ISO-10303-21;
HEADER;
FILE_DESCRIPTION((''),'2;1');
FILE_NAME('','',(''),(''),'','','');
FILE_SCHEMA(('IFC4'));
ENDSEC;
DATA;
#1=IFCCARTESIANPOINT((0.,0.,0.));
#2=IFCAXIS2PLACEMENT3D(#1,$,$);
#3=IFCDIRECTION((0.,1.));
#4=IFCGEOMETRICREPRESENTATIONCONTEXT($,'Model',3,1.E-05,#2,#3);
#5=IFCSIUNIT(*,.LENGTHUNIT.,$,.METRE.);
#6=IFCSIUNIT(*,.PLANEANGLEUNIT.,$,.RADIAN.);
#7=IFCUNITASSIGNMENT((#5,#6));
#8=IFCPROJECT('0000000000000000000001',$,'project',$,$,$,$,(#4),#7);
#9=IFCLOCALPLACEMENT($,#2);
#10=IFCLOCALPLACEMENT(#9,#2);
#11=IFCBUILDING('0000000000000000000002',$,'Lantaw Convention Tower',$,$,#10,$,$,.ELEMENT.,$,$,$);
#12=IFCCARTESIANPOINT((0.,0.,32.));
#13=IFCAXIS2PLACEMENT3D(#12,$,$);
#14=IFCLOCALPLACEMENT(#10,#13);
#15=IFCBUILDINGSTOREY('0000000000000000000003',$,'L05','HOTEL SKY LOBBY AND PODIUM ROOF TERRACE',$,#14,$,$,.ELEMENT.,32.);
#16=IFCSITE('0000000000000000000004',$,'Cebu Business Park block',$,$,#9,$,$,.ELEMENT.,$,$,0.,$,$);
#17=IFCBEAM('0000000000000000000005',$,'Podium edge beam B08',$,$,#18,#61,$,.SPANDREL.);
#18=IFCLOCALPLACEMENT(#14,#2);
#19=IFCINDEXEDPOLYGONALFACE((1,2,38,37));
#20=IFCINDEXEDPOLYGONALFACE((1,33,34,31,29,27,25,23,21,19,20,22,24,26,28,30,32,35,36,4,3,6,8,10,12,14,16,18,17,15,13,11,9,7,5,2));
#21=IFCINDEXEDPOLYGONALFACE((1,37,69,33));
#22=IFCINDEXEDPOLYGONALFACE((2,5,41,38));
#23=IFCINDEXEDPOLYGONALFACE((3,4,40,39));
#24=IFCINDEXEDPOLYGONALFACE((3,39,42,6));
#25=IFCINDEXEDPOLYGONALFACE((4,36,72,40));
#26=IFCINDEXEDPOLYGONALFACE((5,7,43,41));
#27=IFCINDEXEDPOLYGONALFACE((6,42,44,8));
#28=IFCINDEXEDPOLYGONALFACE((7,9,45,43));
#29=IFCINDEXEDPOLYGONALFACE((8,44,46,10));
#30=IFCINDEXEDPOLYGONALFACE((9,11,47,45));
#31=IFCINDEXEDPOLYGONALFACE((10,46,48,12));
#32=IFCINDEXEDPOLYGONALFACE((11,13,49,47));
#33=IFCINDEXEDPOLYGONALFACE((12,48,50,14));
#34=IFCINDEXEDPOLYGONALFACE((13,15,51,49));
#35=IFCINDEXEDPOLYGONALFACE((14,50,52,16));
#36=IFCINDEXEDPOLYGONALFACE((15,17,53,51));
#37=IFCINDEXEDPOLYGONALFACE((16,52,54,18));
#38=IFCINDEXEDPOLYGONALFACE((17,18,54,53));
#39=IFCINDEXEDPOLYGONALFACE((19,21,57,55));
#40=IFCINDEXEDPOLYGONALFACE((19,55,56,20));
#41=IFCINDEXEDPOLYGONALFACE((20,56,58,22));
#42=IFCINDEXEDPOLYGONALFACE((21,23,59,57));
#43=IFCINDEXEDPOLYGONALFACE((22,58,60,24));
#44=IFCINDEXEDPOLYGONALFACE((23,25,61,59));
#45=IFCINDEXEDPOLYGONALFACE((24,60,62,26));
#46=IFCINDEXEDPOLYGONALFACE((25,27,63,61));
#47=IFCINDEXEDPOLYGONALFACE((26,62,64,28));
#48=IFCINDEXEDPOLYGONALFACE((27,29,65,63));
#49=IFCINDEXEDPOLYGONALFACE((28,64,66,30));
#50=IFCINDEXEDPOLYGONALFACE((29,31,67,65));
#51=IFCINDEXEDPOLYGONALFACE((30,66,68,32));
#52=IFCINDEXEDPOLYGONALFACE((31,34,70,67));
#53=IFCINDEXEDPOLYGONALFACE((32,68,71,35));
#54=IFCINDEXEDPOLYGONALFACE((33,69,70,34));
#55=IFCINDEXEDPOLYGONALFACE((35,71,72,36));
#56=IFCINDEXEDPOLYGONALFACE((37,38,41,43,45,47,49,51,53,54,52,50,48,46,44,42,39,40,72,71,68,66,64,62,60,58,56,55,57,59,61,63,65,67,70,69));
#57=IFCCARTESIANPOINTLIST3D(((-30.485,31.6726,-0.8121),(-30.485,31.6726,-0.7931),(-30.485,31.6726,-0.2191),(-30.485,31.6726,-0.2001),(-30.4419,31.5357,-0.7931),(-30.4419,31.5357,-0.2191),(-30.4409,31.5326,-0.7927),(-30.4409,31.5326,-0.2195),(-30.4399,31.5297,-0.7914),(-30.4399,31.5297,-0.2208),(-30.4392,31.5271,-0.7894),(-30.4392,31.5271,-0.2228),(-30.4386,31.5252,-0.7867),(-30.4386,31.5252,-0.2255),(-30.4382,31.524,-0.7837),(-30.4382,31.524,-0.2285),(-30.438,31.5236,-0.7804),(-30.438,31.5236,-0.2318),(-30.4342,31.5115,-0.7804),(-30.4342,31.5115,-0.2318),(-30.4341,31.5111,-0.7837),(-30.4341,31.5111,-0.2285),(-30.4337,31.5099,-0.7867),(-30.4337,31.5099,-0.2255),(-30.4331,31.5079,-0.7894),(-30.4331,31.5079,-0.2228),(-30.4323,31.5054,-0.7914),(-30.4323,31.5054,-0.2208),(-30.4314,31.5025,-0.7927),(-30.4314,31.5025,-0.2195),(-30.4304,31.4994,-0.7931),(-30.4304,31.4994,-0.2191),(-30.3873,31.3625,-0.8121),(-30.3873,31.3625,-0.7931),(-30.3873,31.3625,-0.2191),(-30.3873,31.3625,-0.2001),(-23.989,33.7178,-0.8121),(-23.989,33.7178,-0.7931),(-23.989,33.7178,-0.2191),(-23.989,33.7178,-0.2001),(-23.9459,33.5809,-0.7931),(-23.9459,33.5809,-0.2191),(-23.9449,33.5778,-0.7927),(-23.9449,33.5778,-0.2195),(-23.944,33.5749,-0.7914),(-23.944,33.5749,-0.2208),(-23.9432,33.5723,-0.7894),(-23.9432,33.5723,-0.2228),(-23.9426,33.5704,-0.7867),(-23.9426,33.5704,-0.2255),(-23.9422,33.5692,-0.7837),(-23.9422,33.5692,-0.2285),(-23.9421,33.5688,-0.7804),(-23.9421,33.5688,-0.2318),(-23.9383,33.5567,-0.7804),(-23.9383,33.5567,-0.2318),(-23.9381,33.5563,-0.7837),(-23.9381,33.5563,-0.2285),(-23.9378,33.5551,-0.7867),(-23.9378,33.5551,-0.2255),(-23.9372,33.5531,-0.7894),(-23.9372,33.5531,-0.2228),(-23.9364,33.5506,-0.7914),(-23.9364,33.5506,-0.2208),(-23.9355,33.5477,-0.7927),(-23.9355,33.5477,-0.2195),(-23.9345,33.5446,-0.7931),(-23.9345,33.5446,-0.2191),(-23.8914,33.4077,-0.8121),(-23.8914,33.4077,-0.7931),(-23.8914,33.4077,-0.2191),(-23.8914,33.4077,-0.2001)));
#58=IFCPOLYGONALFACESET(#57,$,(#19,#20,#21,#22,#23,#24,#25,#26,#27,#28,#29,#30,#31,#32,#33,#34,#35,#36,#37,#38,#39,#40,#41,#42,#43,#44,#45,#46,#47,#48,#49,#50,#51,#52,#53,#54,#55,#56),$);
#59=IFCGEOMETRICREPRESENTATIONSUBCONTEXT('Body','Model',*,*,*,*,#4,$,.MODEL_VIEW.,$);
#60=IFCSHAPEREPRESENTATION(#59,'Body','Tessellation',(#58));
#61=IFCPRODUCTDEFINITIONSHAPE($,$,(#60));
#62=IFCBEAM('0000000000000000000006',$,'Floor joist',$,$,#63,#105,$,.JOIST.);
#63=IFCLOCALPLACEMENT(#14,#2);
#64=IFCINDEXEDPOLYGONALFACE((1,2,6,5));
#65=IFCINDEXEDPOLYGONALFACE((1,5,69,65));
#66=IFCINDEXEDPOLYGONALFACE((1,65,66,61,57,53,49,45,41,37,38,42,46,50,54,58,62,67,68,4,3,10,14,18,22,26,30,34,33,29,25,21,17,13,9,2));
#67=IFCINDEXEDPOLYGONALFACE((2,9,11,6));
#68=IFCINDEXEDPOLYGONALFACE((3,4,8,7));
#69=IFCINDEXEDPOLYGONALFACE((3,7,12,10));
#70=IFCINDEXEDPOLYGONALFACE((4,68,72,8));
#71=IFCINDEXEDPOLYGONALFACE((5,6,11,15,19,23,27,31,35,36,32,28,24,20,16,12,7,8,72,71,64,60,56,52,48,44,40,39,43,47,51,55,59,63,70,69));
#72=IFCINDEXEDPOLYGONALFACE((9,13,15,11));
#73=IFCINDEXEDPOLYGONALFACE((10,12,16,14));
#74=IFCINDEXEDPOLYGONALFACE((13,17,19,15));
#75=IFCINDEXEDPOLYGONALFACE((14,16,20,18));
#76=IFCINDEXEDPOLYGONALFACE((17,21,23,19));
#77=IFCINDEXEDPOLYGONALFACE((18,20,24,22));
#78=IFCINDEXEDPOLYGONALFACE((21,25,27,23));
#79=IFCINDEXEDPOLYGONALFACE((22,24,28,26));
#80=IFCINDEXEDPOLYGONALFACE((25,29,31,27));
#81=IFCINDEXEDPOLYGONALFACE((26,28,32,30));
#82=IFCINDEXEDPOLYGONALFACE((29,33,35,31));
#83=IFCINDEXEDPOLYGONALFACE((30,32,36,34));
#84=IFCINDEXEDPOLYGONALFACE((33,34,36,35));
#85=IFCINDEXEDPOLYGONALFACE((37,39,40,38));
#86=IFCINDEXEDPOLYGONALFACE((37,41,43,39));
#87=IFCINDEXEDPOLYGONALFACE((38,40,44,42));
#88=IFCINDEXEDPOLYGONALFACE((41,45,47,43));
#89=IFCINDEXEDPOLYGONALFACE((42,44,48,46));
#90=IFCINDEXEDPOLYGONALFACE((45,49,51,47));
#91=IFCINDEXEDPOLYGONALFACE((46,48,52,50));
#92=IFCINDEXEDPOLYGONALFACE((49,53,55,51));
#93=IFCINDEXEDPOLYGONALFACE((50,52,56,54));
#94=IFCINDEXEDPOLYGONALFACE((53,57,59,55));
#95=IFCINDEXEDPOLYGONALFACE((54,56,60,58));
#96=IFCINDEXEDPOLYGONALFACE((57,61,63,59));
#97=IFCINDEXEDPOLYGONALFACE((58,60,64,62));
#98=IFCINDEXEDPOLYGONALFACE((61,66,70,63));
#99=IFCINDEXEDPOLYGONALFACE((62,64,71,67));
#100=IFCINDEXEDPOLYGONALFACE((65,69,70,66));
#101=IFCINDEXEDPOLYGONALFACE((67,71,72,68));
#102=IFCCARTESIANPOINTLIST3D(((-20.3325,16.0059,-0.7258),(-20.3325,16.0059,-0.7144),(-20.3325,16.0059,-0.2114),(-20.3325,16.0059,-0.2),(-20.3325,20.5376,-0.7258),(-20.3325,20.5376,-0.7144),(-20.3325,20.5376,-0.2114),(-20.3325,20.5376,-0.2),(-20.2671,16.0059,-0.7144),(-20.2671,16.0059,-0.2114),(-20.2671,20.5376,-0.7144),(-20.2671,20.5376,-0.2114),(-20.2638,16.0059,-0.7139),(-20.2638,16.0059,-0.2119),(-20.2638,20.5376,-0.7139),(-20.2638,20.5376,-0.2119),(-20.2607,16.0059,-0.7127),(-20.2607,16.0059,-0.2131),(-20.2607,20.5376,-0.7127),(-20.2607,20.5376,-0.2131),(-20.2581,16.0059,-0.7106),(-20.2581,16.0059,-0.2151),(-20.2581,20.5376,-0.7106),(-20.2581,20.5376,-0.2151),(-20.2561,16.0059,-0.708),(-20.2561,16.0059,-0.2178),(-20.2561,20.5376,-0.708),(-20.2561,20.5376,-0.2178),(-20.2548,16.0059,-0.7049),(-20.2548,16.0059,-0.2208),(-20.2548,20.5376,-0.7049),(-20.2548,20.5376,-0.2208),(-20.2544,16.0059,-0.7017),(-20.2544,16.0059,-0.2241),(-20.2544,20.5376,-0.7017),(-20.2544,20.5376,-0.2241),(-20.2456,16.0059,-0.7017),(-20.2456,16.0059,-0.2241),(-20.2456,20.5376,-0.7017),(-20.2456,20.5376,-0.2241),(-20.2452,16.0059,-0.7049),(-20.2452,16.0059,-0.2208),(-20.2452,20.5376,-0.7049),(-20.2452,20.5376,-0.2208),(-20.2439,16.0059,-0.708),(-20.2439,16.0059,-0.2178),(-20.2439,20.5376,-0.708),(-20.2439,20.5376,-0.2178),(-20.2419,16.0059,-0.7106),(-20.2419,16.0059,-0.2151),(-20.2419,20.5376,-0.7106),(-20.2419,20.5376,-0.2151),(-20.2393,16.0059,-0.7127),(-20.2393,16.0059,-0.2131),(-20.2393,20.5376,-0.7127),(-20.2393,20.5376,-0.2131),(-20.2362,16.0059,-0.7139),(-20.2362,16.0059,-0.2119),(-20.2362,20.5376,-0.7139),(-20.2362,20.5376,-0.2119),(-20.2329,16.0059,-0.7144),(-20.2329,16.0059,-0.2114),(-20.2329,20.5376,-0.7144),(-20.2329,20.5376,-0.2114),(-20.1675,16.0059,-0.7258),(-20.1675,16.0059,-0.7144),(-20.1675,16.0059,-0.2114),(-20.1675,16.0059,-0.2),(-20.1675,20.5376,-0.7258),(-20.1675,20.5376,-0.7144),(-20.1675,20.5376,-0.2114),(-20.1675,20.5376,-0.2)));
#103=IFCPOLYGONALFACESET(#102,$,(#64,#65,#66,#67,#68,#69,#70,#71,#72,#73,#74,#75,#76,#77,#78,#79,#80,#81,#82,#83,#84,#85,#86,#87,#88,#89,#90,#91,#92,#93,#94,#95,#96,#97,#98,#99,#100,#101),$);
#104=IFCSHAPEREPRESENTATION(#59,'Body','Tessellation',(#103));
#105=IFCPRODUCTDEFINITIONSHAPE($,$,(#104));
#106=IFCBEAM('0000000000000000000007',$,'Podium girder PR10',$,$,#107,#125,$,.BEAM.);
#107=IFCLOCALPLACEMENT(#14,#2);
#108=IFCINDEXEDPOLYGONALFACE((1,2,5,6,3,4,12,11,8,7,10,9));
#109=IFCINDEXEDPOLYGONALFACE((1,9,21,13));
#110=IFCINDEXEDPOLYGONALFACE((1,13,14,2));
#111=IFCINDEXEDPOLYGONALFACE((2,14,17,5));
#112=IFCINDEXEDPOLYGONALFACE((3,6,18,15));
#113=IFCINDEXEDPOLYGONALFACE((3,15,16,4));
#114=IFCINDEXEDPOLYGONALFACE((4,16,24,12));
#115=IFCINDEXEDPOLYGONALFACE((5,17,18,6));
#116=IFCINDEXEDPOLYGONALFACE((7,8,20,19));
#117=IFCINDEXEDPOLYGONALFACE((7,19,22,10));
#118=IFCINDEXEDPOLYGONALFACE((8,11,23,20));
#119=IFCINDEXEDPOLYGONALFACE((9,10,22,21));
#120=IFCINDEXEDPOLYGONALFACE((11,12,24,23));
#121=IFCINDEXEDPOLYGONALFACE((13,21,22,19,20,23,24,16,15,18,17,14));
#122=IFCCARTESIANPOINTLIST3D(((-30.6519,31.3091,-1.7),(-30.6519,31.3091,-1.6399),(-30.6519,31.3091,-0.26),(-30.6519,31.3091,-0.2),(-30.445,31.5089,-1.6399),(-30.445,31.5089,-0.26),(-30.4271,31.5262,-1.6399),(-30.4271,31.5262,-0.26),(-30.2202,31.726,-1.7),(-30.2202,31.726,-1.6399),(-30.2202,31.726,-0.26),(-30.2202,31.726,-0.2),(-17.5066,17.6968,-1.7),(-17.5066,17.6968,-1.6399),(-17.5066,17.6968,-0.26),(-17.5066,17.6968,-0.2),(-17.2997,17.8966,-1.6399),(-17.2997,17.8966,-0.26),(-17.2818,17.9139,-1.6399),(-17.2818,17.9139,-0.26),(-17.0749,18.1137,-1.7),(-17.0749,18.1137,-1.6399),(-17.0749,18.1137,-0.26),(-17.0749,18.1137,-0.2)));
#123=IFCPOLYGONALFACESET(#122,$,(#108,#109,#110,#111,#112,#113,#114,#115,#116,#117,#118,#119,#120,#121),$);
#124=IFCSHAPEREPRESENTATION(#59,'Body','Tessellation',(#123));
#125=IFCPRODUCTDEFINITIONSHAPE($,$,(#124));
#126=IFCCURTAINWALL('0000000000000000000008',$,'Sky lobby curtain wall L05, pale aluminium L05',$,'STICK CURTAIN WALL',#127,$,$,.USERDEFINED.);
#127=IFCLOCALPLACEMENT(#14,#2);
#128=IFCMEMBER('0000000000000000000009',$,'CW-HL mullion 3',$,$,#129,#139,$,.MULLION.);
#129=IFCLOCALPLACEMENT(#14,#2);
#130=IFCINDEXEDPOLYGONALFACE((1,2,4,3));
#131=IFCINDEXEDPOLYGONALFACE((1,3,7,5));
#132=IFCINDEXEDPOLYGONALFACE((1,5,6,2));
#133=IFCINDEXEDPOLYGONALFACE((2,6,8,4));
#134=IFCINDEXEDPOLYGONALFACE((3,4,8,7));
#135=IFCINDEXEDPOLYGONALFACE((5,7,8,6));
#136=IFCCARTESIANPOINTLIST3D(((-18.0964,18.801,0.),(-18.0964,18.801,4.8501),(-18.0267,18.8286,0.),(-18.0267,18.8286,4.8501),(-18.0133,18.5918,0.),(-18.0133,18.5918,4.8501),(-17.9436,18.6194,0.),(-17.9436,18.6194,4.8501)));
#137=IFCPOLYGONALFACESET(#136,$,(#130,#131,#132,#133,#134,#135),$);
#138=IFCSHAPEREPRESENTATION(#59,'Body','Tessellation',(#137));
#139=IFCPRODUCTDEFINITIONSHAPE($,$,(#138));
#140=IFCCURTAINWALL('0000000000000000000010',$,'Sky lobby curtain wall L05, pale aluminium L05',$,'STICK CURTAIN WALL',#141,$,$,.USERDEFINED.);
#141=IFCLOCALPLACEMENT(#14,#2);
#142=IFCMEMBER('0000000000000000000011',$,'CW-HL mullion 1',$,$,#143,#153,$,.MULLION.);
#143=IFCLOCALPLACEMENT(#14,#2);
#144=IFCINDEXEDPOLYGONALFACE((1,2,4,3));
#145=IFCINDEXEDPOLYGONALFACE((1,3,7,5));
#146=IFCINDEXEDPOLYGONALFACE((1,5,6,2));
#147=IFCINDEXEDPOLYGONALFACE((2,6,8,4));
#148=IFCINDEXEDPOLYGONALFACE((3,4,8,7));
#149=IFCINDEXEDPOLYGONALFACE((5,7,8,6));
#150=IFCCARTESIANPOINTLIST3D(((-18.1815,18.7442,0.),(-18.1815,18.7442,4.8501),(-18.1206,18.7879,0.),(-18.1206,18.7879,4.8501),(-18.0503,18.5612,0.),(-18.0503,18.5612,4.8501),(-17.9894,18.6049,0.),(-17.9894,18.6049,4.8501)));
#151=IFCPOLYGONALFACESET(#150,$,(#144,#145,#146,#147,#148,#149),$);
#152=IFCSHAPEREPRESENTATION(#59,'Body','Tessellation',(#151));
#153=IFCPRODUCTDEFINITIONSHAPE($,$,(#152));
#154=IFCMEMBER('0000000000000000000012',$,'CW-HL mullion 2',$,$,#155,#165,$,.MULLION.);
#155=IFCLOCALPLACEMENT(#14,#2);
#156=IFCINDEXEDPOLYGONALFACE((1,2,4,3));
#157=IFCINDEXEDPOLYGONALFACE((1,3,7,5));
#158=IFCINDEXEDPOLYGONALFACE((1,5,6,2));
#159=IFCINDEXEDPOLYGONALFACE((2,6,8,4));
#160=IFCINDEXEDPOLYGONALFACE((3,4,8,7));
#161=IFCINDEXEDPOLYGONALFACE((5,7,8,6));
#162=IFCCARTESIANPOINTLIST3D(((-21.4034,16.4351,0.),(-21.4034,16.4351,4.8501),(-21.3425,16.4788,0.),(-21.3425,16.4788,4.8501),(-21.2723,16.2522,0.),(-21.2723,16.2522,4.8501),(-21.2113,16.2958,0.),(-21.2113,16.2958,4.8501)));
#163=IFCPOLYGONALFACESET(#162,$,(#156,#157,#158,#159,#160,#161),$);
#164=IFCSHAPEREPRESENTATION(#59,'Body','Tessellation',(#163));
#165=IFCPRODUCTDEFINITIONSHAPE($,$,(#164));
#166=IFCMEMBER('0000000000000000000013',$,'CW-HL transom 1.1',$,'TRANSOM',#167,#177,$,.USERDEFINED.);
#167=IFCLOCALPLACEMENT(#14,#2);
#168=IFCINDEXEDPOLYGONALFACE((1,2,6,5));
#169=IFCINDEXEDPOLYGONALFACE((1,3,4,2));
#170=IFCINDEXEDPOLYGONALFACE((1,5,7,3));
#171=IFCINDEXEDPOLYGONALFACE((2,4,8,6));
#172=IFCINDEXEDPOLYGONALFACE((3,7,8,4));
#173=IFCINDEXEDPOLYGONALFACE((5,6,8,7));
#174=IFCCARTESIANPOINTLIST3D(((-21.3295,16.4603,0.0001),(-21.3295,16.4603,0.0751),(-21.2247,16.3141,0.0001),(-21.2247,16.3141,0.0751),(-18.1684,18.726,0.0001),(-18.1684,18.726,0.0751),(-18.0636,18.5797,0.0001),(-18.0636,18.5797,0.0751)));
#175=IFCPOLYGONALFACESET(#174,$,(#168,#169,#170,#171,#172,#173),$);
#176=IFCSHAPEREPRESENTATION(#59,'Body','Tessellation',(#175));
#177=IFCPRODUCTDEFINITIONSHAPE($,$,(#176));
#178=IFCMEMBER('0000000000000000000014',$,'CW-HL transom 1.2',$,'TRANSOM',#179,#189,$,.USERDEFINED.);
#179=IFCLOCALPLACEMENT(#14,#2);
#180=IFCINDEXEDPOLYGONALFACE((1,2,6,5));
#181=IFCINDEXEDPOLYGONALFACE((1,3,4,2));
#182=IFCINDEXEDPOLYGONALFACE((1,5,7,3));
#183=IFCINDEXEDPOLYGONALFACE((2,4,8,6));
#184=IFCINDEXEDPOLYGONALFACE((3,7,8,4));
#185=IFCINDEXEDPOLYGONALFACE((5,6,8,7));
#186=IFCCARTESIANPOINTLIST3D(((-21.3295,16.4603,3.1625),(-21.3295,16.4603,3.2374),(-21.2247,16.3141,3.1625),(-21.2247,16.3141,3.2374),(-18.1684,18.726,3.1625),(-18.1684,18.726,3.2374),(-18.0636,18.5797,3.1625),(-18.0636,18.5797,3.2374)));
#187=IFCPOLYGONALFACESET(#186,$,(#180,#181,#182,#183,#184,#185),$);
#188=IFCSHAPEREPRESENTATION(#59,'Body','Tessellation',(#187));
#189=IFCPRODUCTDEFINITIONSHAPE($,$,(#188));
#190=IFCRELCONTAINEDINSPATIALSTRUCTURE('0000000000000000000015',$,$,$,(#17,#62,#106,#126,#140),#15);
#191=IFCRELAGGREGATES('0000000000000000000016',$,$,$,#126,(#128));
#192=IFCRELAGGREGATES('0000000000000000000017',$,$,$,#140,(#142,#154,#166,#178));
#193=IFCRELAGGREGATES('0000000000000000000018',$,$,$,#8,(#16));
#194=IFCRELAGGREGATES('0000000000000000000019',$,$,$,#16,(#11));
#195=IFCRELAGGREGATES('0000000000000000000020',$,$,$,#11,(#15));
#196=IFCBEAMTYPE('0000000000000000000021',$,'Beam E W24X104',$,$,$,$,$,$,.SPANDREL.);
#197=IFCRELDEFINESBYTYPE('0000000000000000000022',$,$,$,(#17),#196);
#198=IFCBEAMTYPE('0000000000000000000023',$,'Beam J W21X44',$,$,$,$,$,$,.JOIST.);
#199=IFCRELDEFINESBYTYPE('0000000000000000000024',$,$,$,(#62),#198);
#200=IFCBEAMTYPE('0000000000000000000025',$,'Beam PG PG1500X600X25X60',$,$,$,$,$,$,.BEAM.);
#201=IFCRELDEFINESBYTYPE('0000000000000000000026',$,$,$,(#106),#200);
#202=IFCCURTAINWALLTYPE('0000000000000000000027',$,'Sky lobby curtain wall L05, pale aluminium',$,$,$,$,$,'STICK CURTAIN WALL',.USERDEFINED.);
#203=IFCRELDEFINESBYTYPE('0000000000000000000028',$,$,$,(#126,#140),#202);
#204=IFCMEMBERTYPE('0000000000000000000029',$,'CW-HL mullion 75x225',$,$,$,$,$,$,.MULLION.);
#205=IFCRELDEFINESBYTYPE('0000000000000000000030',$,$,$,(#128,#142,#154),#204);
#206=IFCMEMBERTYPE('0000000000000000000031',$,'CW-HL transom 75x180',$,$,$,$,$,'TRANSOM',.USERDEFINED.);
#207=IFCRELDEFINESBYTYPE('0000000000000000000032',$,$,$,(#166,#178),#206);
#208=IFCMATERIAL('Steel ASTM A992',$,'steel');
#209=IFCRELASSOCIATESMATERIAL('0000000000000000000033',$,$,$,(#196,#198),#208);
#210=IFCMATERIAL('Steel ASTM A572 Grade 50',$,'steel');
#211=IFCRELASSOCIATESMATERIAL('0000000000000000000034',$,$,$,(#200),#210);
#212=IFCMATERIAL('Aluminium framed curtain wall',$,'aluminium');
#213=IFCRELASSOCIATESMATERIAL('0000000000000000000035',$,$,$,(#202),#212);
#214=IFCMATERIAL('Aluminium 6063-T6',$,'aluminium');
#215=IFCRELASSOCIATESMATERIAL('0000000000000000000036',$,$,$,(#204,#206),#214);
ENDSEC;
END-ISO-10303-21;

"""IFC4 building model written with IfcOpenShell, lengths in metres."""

from ifc_helpers import new_model, si_unit, direction, frame, origin, origin_2d, place, context, subcontext, project, spatial, rectangle, i_section, extrude, material, material_profile, profile_set, type_object, element, aggregate, save


model = new_model("IFC4")

# Units and contexts
model_context = context("Model", 3, precision=1e-05, world=origin(), true_north=direction((0.0, 1.0)))
body_context = subcontext(model_context, "Body", "Model", "MODEL_VIEW")
ifc_project = project(units=[si_unit("LENGTHUNIT", "METRE"), si_unit("PLANEANGLEUNIT", "RADIAN")], contexts=[model_context])

# Site, building, storey
site_placement = place(None, origin())
site = spatial("IfcSite", under=ifc_project, at=site_placement, Name="Cebu Business Park block", CompositionType="ELEMENT", RefElevation=0.0)
building_placement = place(site_placement, origin())
building = spatial("IfcBuilding", under=site, at=building_placement, Name="Lantaw Convention Tower", CompositionType="ELEMENT")
storey_placement = place(building_placement, frame((0.0, 0.0, 32.0)))
storey = spatial("IfcBuildingStorey", under=building, at=storey_placement, Name="L05", Description="HOTEL SKY LOBBY AND PODIUM ROOF TERRACE", CompositionType="ELEMENT", Elevation=32.0)

# Beams
ifc_material_1 = material(Name="Steel ASTM A572 Grade 50", Category="steel")
ifc_material_2 = material(Name="Steel ASTM A992", Category="steel")
ifc_material_profile_1 = material_profile(ifc_material_2, i_section(OverallWidth=0.3252, OverallDepth=0.6121, WebThickness=0.0127, FlangeThickness=0.019, FilletRadius=0.0127, at=origin_2d()), Name="W24X104")
ifc_profile_set_1 = profile_set([ifc_material_profile_1], Name="Steel ASTM A992")
beam_type_1 = type_object("IfcBeamType", Name="Beam E W24X104", PredefinedType="SPANDREL", material=ifc_profile_set_1)
beam_1_placement = place(storey_placement, frame((-23.9402, 33.5627, -0.5061), z_axis=(-0.953842, -0.300309, 0.0), x_axis=(0.300309, -0.953842, 0.0)))
element("IfcBeam", 1, at=beam_1_placement, inside=storey, type_object=beam_type_1, Name="Podium edge beam B08", PredefinedType="SPANDREL", context=body_context, shape_type="SweptSolid", body=[
    extrude(i_section(OverallWidth=0.3252, OverallDepth=0.6121, WebThickness=0.0127, FlangeThickness=0.019, FilletRadius=0.0127, at=origin_2d()), origin(), (0.0, 0.0, 1.0), 6.8103),
])
ifc_material_profile_2 = material_profile(ifc_material_2, i_section(OverallWidth=0.165, OverallDepth=0.5259, WebThickness=0.0088, FlangeThickness=0.0115, FilletRadius=0.0127, at=origin_2d()), Name="W21X44")
ifc_profile_set_2 = profile_set([ifc_material_profile_2], Name="Steel ASTM A992")
beam_type_2 = type_object("IfcBeamType", Name="Beam J W21X44", PredefinedType="JOIST", material=ifc_profile_set_2)
beam_2_placement = place(storey_placement, frame((-20.25, 16.0059, -0.4629), z_axis=(0.0, 1.0, 0.0), x_axis=(-1.0, 0.0, 0.0)))
element("IfcBeam", 2, at=beam_2_placement, inside=storey, type_object=beam_type_2, Name="Floor joist", PredefinedType="JOIST", context=body_context, shape_type="SweptSolid", body=[
    extrude(i_section(OverallWidth=0.165, OverallDepth=0.5259, WebThickness=0.0088, FlangeThickness=0.0115, FilletRadius=0.0127, at=origin_2d()), origin(), (0.0, 0.0, 1.0), 4.5317),
])
ifc_material_profile_3 = material_profile(ifc_material_1, i_section(OverallWidth=0.6001, OverallDepth=1.5, WebThickness=0.0249, FlangeThickness=0.0601, at=origin_2d()), Name="PG1500X600X25X60")
ifc_profile_set_3 = profile_set([ifc_material_profile_3], Name="Steel ASTM A572 Grade 50")
beam_type_3 = type_object("IfcBeamType", Name="Beam PG PG1500X600X25X60", PredefinedType="BEAM", material=ifc_profile_set_3)
beam_3_placement = place(storey_placement, frame((-17.2908, 17.9053, -0.95), z_axis=(-0.694659, 0.719339, 0.0), x_axis=(-0.719339, -0.694659, 0.0)))
element("IfcBeam", 3, at=beam_3_placement, inside=storey, type_object=beam_type_3, Name="Podium girder PR10", PredefinedType="BEAM", context=body_context, shape_type="SweptSolid", body=[
    extrude(i_section(OverallWidth=0.6001, OverallDepth=1.5, WebThickness=0.0249, FlangeThickness=0.0601, at=origin_2d()), origin(), (0.0, 0.0, 1.0), 18.9233),
])

# Curtain wall, member
ifc_material_3 = material(Name="Aluminium framed curtain wall", Category="aluminium")
curtain_wall_type = type_object("IfcCurtainWallType", Name="Sky lobby curtain wall L05, pale aluminium", ElementType="STICK CURTAIN WALL", PredefinedType="USERDEFINED", material=ifc_material_3)
curtain_wall_1_placement = place(storey_placement, origin())
curtain_wall_1 = element("IfcCurtainWall", 4, at=curtain_wall_1_placement, inside=storey, type_object=curtain_wall_type, Name="Sky lobby curtain wall L05, pale aluminium L05", ObjectType="STICK CURTAIN WALL", PredefinedType="USERDEFINED")
ifc_material_4 = material(Name="Aluminium 6063-T6", Category="aluminium")
ifc_material_profile_4 = material_profile(ifc_material_4, rectangle(XDim=0.2251, YDim=0.075, at=origin_2d()), Name="CW-HL mullion 75x225")
ifc_profile_set_4 = profile_set([ifc_material_profile_4], Name="Aluminium 6063-T6")
member_type_1 = type_object("IfcMemberType", Name="CW-HL mullion 75x225", PredefinedType="MULLION", material=ifc_profile_set_4)
member_1_placement = place(storey_placement, frame((-18.02, 18.7102, 0.0), z_axis=(0.0, 0.0, 1.0), x_axis=(0.369172, -0.929361, 0.0)))
member_1 = element("IfcMember", 5, at=member_1_placement, type_object=member_type_1, Name="CW-HL mullion 3", PredefinedType="MULLION", context=body_context, shape_type="SweptSolid", body=[
    extrude(rectangle(XDim=0.2251, YDim=0.075, at=origin_2d()), origin(), (0.0, 0.0, 1.0), 4.8501),
])

# Curtain wall, members
curtain_wall_2_placement = place(storey_placement, origin())
curtain_wall_2 = element("IfcCurtainWall", 6, at=curtain_wall_2_placement, inside=storey, type_object=curtain_wall_type, Name="Sky lobby curtain wall L05, pale aluminium L05", ObjectType="STICK CURTAIN WALL", PredefinedType="USERDEFINED")
member_2_placement = place(storey_placement, frame((-18.0854, 18.6746, 0.0), z_axis=(0.0, 0.0, 1.0), x_axis=(0.582538, -0.812804, 0.0)))
member_2 = element("IfcMember", 7, at=member_2_placement, type_object=member_type_1, Name="CW-HL mullion 1", PredefinedType="MULLION", context=body_context, shape_type="SweptSolid", body=[
    extrude(rectangle(XDim=0.2251, YDim=0.075, at=origin_2d()), origin(), (0.0, 0.0, 1.0), 4.8501),
])
member_3_placement = place(storey_placement, frame((-21.3074, 16.3655, 0.0), z_axis=(0.0, 0.0, 1.0), x_axis=(0.582538, -0.812804, 0.0)))
member_3 = element("IfcMember", 8, at=member_3_placement, type_object=member_type_1, Name="CW-HL mullion 2", PredefinedType="MULLION", context=body_context, shape_type="SweptSolid", body=[
    extrude(rectangle(XDim=0.2251, YDim=0.075, at=origin_2d()), origin(), (0.0, 0.0, 1.0), 4.8501),
])
ifc_material_profile_5 = material_profile(ifc_material_4, rectangle(XDim=0.1799, YDim=0.075, at=origin_2d()), Name="CW-HL transom 75x180")
ifc_profile_set_5 = profile_set([ifc_material_profile_5], Name="Aluminium 6063-T6")
member_type_2 = type_object("IfcMemberType", Name="CW-HL transom 75x180", ElementType="TRANSOM", PredefinedType="USERDEFINED", material=ifc_profile_set_5)
member_4_placement = place(storey_placement, frame((-18.116, 18.6528, 0.0376), z_axis=(-0.812799, -0.582544, 0.0), x_axis=(0.582544, -0.812799, 0.0)))
member_4 = element("IfcMember", 9, at=member_4_placement, type_object=member_type_2, Name="CW-HL transom 1.1", ObjectType="TRANSOM", PredefinedType="USERDEFINED", context=body_context, shape_type="SweptSolid", body=[
    extrude(rectangle(XDim=0.1799, YDim=0.075, at=origin_2d()), origin(), (0.0, 0.0, 1.0), 3.8892),
])
member_5_placement = place(storey_placement, frame((-18.116, 18.6528, 3.2), z_axis=(-0.812799, -0.582544, 0.0), x_axis=(0.582544, -0.812799, 0.0)))
member_5 = element("IfcMember", 10, at=member_5_placement, type_object=member_type_2, Name="CW-HL transom 1.2", ObjectType="TRANSOM", PredefinedType="USERDEFINED", context=body_context, shape_type="SweptSolid", body=[
    extrude(rectangle(XDim=0.1799, YDim=0.075, at=origin_2d()), origin(), (0.0, 0.0, 1.0), 3.8892),
])

aggregate(curtain_wall_1, [member_1])
aggregate(curtain_wall_2, [member_2, member_3, member_4, member_5])

save(model, "model.ifc")
